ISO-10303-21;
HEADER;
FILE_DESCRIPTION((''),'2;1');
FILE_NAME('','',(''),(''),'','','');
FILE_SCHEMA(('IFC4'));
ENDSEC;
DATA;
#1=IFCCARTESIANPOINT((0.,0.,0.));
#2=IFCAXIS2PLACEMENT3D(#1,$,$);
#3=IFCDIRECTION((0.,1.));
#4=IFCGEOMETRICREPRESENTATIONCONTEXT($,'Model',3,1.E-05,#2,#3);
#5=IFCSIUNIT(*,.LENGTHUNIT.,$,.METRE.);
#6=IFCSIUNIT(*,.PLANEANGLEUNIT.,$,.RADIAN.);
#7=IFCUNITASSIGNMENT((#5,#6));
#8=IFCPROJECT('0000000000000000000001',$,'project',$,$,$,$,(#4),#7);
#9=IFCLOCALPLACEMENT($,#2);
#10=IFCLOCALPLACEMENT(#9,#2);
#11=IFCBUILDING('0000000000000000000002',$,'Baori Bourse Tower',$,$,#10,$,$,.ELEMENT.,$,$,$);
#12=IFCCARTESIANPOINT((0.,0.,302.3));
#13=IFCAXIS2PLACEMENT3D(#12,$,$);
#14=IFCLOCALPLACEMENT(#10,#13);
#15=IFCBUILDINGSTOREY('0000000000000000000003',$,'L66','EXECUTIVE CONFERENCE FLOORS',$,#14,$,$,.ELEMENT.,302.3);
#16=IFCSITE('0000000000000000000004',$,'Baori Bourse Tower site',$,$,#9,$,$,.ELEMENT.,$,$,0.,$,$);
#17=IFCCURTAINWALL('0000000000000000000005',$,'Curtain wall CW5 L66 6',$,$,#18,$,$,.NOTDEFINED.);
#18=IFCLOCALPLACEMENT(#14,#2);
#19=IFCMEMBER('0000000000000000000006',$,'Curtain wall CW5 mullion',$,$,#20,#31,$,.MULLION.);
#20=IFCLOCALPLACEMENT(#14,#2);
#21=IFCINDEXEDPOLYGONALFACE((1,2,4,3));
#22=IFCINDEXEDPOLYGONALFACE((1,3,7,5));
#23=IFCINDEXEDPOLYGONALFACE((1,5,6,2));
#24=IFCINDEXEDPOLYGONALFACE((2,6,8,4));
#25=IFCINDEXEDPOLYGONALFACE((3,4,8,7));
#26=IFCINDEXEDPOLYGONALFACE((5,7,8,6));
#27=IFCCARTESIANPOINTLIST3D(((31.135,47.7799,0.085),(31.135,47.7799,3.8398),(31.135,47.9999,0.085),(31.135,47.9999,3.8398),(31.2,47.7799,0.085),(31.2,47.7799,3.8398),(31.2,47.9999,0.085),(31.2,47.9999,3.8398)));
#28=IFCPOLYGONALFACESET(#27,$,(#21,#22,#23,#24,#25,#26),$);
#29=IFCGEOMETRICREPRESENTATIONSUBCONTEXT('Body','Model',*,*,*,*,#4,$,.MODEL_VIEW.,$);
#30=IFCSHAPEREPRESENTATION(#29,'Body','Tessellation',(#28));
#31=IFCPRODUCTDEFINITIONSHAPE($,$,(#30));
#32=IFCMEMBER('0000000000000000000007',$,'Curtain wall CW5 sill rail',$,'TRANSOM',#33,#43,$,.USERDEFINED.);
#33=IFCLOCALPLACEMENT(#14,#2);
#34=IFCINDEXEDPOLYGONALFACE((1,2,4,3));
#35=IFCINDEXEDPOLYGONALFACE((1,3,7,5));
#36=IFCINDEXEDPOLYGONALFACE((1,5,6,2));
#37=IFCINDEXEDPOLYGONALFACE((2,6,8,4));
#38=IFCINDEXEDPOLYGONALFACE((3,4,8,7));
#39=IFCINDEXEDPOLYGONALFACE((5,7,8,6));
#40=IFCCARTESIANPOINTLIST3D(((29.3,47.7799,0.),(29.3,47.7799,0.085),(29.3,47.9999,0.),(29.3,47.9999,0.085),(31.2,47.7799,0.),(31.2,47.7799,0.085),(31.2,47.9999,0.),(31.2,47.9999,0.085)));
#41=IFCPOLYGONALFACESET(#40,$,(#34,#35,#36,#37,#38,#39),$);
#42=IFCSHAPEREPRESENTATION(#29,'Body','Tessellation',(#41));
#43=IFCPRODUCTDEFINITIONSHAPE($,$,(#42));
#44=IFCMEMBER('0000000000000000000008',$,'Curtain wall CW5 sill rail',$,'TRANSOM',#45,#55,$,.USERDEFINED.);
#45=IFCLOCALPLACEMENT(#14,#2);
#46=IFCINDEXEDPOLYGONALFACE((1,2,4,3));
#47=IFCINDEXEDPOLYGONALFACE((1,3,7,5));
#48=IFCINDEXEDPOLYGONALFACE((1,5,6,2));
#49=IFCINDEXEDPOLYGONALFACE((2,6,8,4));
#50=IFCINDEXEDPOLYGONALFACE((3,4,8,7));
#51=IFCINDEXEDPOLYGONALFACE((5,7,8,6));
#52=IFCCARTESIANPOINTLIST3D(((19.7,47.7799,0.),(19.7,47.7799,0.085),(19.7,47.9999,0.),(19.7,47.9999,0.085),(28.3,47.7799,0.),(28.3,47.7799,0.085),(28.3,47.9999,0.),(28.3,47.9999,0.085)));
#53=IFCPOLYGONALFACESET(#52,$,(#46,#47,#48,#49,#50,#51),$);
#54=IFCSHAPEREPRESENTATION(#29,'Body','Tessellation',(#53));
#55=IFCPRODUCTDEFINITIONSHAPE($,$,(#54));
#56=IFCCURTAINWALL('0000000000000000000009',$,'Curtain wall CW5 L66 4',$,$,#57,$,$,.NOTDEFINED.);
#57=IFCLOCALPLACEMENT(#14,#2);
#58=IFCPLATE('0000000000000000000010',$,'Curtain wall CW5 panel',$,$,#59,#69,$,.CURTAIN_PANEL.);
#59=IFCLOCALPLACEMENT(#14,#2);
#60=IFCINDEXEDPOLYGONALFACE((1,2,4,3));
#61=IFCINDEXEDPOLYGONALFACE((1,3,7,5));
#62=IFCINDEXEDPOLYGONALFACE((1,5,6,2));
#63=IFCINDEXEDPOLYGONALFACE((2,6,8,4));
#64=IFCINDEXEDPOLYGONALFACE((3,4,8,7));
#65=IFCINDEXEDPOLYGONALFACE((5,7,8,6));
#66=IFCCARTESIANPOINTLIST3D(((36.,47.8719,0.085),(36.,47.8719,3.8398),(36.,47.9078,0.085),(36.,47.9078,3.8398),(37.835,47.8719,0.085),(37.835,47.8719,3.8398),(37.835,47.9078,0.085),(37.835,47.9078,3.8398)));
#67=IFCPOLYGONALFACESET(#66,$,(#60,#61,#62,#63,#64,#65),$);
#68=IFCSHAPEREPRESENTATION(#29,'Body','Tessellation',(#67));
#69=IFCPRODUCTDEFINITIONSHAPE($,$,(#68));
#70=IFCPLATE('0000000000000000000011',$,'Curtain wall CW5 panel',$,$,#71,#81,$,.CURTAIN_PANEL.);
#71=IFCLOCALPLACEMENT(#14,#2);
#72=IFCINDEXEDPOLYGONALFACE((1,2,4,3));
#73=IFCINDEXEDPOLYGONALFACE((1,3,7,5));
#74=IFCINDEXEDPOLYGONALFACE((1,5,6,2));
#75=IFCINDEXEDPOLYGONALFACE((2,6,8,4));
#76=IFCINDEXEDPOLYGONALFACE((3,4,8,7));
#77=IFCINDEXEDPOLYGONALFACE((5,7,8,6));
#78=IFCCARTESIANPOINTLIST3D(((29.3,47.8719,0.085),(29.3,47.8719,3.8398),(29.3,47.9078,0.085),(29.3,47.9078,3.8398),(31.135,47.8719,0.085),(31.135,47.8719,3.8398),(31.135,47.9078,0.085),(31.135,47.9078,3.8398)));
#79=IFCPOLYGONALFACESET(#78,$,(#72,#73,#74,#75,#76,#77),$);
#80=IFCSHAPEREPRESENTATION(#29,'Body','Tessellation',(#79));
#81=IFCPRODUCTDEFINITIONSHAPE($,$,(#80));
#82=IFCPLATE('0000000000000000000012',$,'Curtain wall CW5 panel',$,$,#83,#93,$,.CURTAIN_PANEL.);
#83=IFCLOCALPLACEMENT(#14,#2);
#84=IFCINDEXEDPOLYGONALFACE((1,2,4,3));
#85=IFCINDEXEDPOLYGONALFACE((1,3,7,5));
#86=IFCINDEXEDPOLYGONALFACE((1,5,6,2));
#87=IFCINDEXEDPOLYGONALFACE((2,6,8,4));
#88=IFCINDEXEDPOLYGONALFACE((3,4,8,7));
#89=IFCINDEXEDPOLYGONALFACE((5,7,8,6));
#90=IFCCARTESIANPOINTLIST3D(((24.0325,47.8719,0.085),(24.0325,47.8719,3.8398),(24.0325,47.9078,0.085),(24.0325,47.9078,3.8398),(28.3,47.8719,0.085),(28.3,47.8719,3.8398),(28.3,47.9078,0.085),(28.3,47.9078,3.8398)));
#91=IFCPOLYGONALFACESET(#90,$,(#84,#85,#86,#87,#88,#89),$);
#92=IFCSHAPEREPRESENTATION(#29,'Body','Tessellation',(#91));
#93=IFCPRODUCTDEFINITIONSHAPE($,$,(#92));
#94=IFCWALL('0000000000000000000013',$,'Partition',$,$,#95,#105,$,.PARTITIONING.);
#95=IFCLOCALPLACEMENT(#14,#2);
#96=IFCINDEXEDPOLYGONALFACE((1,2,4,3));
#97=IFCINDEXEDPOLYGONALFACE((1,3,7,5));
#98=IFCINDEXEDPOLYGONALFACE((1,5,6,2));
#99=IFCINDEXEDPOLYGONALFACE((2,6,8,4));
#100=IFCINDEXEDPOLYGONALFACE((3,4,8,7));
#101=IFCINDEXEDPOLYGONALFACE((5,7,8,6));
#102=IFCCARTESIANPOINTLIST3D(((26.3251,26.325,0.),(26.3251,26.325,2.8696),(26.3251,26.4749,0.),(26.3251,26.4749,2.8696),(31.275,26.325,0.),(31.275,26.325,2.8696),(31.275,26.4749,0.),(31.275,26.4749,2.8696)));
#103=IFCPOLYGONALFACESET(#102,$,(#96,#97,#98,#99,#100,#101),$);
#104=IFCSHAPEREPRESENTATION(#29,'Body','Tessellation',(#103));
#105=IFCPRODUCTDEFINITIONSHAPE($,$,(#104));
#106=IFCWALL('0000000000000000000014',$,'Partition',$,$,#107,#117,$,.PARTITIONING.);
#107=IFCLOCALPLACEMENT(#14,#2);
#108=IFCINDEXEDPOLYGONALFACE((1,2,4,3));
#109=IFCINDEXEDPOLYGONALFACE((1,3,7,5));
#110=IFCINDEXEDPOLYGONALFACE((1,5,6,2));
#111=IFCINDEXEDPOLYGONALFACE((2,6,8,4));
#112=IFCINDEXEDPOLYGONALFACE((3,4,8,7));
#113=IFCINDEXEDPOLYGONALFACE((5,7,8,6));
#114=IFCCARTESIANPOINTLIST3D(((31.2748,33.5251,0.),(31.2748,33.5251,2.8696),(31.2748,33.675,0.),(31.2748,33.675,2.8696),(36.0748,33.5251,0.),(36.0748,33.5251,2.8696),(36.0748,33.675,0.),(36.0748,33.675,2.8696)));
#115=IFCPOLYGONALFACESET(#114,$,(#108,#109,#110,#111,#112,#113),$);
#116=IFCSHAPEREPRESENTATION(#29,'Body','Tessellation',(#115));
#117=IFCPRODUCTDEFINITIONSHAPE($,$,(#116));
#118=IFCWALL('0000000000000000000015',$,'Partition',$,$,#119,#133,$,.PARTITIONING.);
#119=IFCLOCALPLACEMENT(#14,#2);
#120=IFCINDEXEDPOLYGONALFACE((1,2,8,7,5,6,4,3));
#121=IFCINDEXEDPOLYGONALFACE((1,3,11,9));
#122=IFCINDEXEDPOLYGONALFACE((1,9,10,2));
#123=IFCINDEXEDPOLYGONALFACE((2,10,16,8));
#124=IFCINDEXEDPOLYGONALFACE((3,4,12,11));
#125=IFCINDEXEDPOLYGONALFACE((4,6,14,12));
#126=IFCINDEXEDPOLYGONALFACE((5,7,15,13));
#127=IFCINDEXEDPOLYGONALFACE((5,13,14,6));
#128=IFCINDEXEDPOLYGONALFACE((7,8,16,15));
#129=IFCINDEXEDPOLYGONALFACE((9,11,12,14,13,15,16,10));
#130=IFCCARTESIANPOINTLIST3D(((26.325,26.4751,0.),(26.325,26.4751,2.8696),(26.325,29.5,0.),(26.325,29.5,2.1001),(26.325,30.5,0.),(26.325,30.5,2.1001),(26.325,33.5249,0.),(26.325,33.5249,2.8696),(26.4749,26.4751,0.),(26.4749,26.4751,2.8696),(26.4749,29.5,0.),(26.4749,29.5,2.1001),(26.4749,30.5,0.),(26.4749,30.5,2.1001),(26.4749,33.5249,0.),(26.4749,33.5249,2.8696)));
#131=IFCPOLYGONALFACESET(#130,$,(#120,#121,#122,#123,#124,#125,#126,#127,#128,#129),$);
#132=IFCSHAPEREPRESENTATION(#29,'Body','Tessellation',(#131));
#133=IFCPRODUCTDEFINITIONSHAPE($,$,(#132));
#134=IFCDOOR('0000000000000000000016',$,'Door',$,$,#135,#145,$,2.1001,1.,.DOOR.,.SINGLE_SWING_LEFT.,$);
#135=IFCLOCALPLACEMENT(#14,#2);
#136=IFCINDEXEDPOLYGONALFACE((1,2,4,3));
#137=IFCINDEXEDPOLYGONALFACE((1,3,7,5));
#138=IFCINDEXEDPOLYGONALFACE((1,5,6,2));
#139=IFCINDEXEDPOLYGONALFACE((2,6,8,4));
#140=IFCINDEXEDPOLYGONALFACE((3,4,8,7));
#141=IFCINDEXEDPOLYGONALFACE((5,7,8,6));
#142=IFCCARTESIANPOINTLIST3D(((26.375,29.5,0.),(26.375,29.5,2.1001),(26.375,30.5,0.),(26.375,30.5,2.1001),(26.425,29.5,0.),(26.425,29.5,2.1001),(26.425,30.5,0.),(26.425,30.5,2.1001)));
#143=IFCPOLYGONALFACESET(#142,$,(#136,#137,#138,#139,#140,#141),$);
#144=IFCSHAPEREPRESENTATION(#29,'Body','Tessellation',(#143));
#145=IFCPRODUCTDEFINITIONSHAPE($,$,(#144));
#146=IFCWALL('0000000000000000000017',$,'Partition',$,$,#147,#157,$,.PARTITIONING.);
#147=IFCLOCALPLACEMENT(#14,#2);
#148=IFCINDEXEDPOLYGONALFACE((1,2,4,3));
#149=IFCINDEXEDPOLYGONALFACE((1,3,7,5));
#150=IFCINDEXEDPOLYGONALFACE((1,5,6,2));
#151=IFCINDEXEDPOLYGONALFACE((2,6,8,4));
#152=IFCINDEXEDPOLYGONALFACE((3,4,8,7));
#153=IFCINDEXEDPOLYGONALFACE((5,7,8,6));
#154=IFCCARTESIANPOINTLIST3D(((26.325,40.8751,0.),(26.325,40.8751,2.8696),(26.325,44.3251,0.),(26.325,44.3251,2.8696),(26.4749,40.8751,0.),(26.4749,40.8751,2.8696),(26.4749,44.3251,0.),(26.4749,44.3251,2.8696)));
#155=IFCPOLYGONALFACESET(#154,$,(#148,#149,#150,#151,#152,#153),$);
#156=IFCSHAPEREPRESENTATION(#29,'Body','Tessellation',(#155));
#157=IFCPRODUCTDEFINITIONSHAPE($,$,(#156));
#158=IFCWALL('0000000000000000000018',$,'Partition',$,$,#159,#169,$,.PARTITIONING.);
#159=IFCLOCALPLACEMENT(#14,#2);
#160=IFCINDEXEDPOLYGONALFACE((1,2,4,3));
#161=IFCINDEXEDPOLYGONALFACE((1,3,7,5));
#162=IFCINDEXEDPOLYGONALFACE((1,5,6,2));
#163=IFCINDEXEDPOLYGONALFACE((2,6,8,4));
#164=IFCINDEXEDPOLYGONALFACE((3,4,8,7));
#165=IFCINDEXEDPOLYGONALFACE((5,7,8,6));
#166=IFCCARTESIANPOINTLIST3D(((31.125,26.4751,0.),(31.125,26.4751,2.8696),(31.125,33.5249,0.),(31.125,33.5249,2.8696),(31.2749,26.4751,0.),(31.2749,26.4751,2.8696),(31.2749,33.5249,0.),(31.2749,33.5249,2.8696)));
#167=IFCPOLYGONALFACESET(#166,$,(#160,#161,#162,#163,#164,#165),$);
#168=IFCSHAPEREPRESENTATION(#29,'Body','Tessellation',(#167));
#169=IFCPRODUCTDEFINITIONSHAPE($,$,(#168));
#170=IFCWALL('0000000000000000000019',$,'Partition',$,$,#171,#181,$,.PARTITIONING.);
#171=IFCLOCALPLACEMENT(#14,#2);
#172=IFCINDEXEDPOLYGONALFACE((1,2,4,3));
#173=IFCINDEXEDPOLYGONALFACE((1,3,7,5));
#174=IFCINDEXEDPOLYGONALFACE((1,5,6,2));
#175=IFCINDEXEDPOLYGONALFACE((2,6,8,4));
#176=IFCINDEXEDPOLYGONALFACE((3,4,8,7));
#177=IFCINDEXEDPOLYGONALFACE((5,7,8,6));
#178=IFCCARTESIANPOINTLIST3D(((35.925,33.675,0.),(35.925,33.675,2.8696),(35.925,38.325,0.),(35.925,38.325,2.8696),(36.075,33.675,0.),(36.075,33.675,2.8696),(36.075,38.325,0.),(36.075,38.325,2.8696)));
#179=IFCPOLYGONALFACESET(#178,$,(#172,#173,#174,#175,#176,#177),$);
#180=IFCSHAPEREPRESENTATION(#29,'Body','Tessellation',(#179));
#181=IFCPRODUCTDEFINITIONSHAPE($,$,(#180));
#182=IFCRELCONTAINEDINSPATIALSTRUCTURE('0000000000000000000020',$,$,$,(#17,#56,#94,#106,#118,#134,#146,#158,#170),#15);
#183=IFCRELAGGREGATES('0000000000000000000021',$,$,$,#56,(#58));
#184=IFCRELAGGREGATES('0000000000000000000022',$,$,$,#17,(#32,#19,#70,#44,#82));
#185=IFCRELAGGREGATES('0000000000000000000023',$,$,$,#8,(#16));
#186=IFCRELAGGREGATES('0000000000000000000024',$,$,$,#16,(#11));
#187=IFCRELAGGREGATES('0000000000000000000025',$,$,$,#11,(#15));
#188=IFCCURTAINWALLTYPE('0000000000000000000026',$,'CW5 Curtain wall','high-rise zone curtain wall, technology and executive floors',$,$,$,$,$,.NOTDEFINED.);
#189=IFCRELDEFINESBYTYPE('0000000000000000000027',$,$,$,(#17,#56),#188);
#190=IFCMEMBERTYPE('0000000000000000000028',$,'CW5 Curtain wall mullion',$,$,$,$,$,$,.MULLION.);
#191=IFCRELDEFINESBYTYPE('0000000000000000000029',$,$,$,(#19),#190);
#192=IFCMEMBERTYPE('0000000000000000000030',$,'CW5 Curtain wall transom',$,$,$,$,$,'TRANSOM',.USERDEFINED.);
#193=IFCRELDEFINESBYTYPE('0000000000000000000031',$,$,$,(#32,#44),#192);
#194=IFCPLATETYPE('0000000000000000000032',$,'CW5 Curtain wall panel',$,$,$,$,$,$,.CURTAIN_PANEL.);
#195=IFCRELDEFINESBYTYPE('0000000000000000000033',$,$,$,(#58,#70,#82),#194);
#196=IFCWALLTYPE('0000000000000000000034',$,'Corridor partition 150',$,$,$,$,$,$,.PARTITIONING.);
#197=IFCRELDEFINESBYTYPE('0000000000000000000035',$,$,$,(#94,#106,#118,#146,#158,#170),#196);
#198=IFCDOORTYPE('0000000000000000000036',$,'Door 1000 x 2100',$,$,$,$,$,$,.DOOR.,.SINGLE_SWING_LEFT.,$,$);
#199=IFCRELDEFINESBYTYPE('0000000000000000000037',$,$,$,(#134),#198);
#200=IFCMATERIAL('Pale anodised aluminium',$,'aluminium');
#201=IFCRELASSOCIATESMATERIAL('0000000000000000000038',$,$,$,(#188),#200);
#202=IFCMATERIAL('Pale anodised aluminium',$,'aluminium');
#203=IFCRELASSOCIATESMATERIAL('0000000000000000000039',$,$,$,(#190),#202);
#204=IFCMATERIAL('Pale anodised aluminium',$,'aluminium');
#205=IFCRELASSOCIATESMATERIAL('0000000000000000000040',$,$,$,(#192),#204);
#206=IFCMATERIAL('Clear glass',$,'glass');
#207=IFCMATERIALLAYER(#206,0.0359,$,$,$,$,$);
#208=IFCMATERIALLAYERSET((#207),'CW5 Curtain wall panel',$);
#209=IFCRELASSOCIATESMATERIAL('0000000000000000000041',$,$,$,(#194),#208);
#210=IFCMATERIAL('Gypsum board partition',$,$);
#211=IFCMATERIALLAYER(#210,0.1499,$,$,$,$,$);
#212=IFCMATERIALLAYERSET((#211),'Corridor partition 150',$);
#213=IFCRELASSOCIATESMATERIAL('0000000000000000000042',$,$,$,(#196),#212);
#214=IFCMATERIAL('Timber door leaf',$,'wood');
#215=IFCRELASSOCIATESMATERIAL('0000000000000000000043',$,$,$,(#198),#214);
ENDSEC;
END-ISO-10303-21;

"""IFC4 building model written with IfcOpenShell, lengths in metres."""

from ifc_helpers import new_model, si_unit, direction, frame, frame_2d, origin, origin_2d, place, context, subcontext, project, spatial, rectangle, extrude, material, layer, layer_set, material_profile, profile_set, type_object, element, fill, aggregate, save


model = new_model("IFC4")

# Units and contexts
model_context = context("Model", 3, precision=1e-05, world=origin(), true_north=direction((0.0, 1.0)))
body_context = subcontext(model_context, "Body", "Model", "MODEL_VIEW")
ifc_project = project(units=[si_unit("LENGTHUNIT", "METRE"), si_unit("PLANEANGLEUNIT", "RADIAN")], contexts=[model_context])

# Site, building, storey
site_placement = place(None, origin())
site = spatial("IfcSite", under=ifc_project, at=site_placement, Name="Baori Bourse Tower site", CompositionType="ELEMENT", RefElevation=0.0)
building_placement = place(site_placement, origin())
building = spatial("IfcBuilding", under=site, at=building_placement, Name="Baori Bourse Tower", CompositionType="ELEMENT")
storey_placement = place(building_placement, frame((0.0, 0.0, 302.3)))
storey = spatial("IfcBuildingStorey", under=building, at=storey_placement, Name="L66", Description="EXECUTIVE CONFERENCE FLOORS", CompositionType="ELEMENT", Elevation=302.3)

# Curtain wall, members
ifc_material_1 = material(Name="Pale anodised aluminium", Category="aluminium")
curtain_wall_type = type_object("IfcCurtainWallType", Name="CW5 Curtain wall", Description="high-rise zone curtain wall, technology and executive floors", PredefinedType="NOTDEFINED", material=ifc_material_1)
curtain_wall_1_placement = place(storey_placement, origin())
curtain_wall_1 = element("IfcCurtainWall", 1, at=curtain_wall_1_placement, inside=storey, type_object=curtain_wall_type, Name="Curtain wall CW5 L66 6", PredefinedType="NOTDEFINED")
ifc_material_2 = material(Name="Pale anodised aluminium", Category="aluminium")
ifc_material_profile_1 = material_profile(ifc_material_2, rectangle(XDim=0.22, YDim=0.0649, at=origin_2d()), Name="Mullion 65x220")
ifc_profile_set_1 = profile_set([ifc_material_profile_1], Name="Pale anodised aluminium")
member_type_1 = type_object("IfcMemberType", Name="CW5 Curtain wall mullion", PredefinedType="MULLION", material=ifc_profile_set_1)
member_1_placement = place(storey_placement, frame((31.1675, 47.8899, 0.085), z_axis=(0.0, 0.0, 1.0), x_axis=(0.0, -1.0, 0.0)))
member_1 = element("IfcMember", 2, at=member_1_placement, type_object=member_type_1, Name="Curtain wall CW5 mullion", PredefinedType="MULLION", context=body_context, shape_type="SweptSolid", body=[
    extrude(rectangle(XDim=0.22, YDim=0.0649, at=origin_2d()), origin(), (0.0, 0.0, 1.0), 3.7549),
])
ifc_material_3 = material(Name="Pale anodised aluminium", Category="aluminium")
ifc_material_profile_2 = material_profile(ifc_material_3, rectangle(XDim=0.22, YDim=0.085, at=origin_2d()), Name="Transom 85x220")
ifc_profile_set_2 = profile_set([ifc_material_profile_2], Name="Pale anodised aluminium")
member_type_2 = type_object("IfcMemberType", Name="CW5 Curtain wall transom", ElementType="TRANSOM", PredefinedType="USERDEFINED", material=ifc_profile_set_2)
member_2_placement = place(storey_placement, frame((31.2, 47.8899, 0.0425), z_axis=(-1.0, 0.0, 0.0), x_axis=(0.0, -1.0, 0.0)))
member_2 = element("IfcMember", 3, at=member_2_placement, type_object=member_type_2, Name="Curtain wall CW5 sill rail", ObjectType="TRANSOM", PredefinedType="USERDEFINED", context=body_context, shape_type="SweptSolid", body=[
    extrude(rectangle(XDim=0.22, YDim=0.085, at=origin_2d()), origin(), (0.0, 0.0, 1.0), 1.8999),
])
member_3_placement = place(storey_placement, frame((28.3, 47.8899, 0.0425), z_axis=(-1.0, 0.0, 0.0), x_axis=(0.0, -1.0, 0.0)))
member_3 = element("IfcMember", 4, at=member_3_placement, type_object=member_type_2, Name="Curtain wall CW5 sill rail", ObjectType="TRANSOM", PredefinedType="USERDEFINED", context=body_context, shape_type="SweptSolid", body=[
    extrude(rectangle(XDim=0.22, YDim=0.085, at=origin_2d()), origin(), (0.0, 0.0, 1.0), 8.6001),
])

# Curtain wall, plate
curtain_wall_2_placement = place(storey_placement, origin())
curtain_wall_2 = element("IfcCurtainWall", 5, at=curtain_wall_2_placement, inside=storey, type_object=curtain_wall_type, Name="Curtain wall CW5 L66 4", PredefinedType="NOTDEFINED")
ifc_material_4 = material(Name="Clear glass", Category="glass")
ifc_layer_1 = layer(ifc_material_4, 0.0359)
ifc_layer_set_1 = layer_set([ifc_layer_1], Name="CW5 Curtain wall panel")
plate_type = type_object("IfcPlateType", Name="CW5 Curtain wall panel", PredefinedType="CURTAIN_PANEL", material=ifc_layer_set_1)
plate_1_placement = place(storey_placement, frame((36.9175, 47.8899, 0.085), z_axis=(0.0, 0.0, 1.0), x_axis=(-1.0, 0.0, 0.0)))
plate_1 = element("IfcPlate", 6, at=plate_1_placement, type_object=plate_type, Name="Curtain wall CW5 panel", PredefinedType="CURTAIN_PANEL", context=body_context, shape_type="SweptSolid", body=[
    extrude(rectangle(XDim=1.835, YDim=0.0359, at=origin_2d()), origin(), (0.0, 0.0, 1.0), 3.7549),
])
aggregate(curtain_wall_2, [plate_1])

# Plates
plate_2_placement = place(storey_placement, frame((30.2175, 47.8899, 0.085), z_axis=(0.0, 0.0, 1.0), x_axis=(-1.0, 0.0, 0.0)))
plate_2 = element("IfcPlate", 7, at=plate_2_placement, type_object=plate_type, Name="Curtain wall CW5 panel", PredefinedType="CURTAIN_PANEL", context=body_context, shape_type="SweptSolid", body=[
    extrude(rectangle(XDim=1.835, YDim=0.0359, at=origin_2d()), origin(), (0.0, 0.0, 1.0), 3.7549),
])
plate_3_placement = place(storey_placement, frame((26.1663, 47.8899, 0.085), z_axis=(0.0, 0.0, 1.0), x_axis=(-1.0, 0.0, 0.0)))
plate_3 = element("IfcPlate", 8, at=plate_3_placement, type_object=plate_type, Name="Curtain wall CW5 panel", PredefinedType="CURTAIN_PANEL", context=body_context, shape_type="SweptSolid", body=[
    extrude(rectangle(XDim=4.2676, YDim=0.0359, at=origin_2d()), origin(), (0.0, 0.0, 1.0), 3.7549),
])
aggregate(curtain_wall_1, [member_2, member_1, plate_2, member_3, plate_3])

# Walls
ifc_material_5 = material(Name="Gypsum board partition")
ifc_layer_2 = layer(ifc_material_5, 0.1499)
ifc_layer_set_2 = layer_set([ifc_layer_2], Name="Corridor partition 150")
wall_type_1 = type_object("IfcWallType", Name="Corridor partition 150", PredefinedType="PARTITIONING", material=ifc_layer_set_2)
wall_1_placement = place(storey_placement, frame((26.325, 26.3999, 0.0), z_axis=(0.0, 0.0, 1.0), x_axis=(1.0, 0.0, 0.0)))
element("IfcWall", 9, at=wall_1_placement, inside=storey, type_object=wall_type_1, Name="Partition", PredefinedType="PARTITIONING", context=body_context, shape_type="SweptSolid", body=[
    extrude(rectangle(XDim=4.95, YDim=0.1499, at=frame_2d((2.4751, 0.0))), origin(), (0.0, 0.0, 1.0), 2.8696),
])
wall_2_placement = place(storey_placement, frame((31.2749, 33.6001, 0.0), z_axis=(0.0, 0.0, 1.0), x_axis=(1.0, 0.0, 0.0)))
element("IfcWall", 10, at=wall_2_placement, inside=storey, type_object=wall_type_1, Name="Partition", PredefinedType="PARTITIONING", context=body_context, shape_type="SweptSolid", body=[
    extrude(rectangle(XDim=4.8, YDim=0.1499, at=frame_2d((2.3999, 0.0))), origin(), (0.0, 0.0, 1.0), 2.8696),
])

# Wall, opening, door
wall_3_placement = place(storey_placement, frame((26.3999, 26.4751, 0.0), z_axis=(0.0, 0.0, 1.0), x_axis=(0.0, 1.0, 0.0)))
wall_3 = element("IfcWall", 11, at=wall_3_placement, inside=storey, type_object=wall_type_1, Name="Partition", PredefinedType="PARTITIONING", context=body_context, shape_type="SweptSolid", body=[
    extrude(rectangle(XDim=7.0498, YDim=0.1499, at=frame_2d((3.5249, 0.0))), origin(), (0.0, 0.0, 1.0), 2.8696),
])
opening_placement = place(wall_3_placement, frame((3.0249, 0.0, 0.0)))
opening = element("IfcOpeningElement", 12, at=opening_placement, cuts=wall_3, PredefinedType="OPENING", context=body_context, shape_type="SweptSolid", body=[
    extrude(rectangle(XDim=1.0, YDim=2.1001, at=frame_2d((0.5, 1.05))), frame((0.0, 0.085, 0.0), z_axis=(0.0, -1.0, 0.0), x_axis=(1.0, 0.0, 0.0)), (0.0, 0.0, 1.0), 0.1699),
])
ifc_material_6 = material(Name="Timber door leaf", Category="wood")
door_type = type_object("IfcDoorType", Name="Door 1000 x 2100", OperationType="SINGLE_SWING_LEFT", PredefinedType="DOOR", material=ifc_material_6)
door_placement = place(opening_placement, origin())
door = element("IfcDoor", 13, at=door_placement, inside=storey, type_object=door_type, Name="Door", OperationType="SINGLE_SWING_LEFT", OverallHeight=2.1001, OverallWidth=1.0, PredefinedType="DOOR", context=body_context, shape_type="SweptSolid", body=[
    extrude(rectangle(XDim=1.0, YDim=2.1001, at=frame_2d((0.5, 1.05))), frame((0.0, 0.0249, 0.0), z_axis=(0.0, -1.0, 0.0), x_axis=(1.0, 0.0, 0.0)), (0.0, 0.0, 1.0), 0.05),
])
fill(opening, door)

# Walls
wall_4_placement = place(storey_placement, frame((26.3999, 40.875, 0.0), z_axis=(0.0, 0.0, 1.0), x_axis=(0.0, 1.0, 0.0)))
element("IfcWall", 14, at=wall_4_placement, inside=storey, type_object=wall_type_1, Name="Partition", PredefinedType="PARTITIONING", context=body_context, shape_type="SweptSolid", body=[
    extrude(rectangle(XDim=3.45, YDim=0.1499, at=frame_2d((1.7251, 0.0))), origin(), (0.0, 0.0, 1.0), 2.8696),
])
wall_5_placement = place(storey_placement, frame((31.2, 26.4751, 0.0), z_axis=(0.0, 0.0, 1.0), x_axis=(0.0, 1.0, 0.0)))
element("IfcWall", 15, at=wall_5_placement, inside=storey, type_object=wall_type_1, Name="Partition", PredefinedType="PARTITIONING", context=body_context, shape_type="SweptSolid", body=[
    extrude(rectangle(XDim=7.0498, YDim=0.1499, at=frame_2d((3.5249, 0.0))), origin(), (0.0, 0.0, 1.0), 2.8696),
])
wall_6_placement = place(storey_placement, frame((36.0, 33.675, 0.0), z_axis=(0.0, 0.0, 1.0), x_axis=(0.0, 1.0, 0.0)))
element("IfcWall", 16, at=wall_6_placement, inside=storey, type_object=wall_type_1, Name="Partition", PredefinedType="PARTITIONING", context=body_context, shape_type="SweptSolid", body=[
    extrude(rectangle(XDim=4.6499, YDim=0.1499, at=frame_2d((2.325, 0.0))), origin(), (0.0, 0.0, 1.0), 2.8696),
])

save(model, "model.ifc")
